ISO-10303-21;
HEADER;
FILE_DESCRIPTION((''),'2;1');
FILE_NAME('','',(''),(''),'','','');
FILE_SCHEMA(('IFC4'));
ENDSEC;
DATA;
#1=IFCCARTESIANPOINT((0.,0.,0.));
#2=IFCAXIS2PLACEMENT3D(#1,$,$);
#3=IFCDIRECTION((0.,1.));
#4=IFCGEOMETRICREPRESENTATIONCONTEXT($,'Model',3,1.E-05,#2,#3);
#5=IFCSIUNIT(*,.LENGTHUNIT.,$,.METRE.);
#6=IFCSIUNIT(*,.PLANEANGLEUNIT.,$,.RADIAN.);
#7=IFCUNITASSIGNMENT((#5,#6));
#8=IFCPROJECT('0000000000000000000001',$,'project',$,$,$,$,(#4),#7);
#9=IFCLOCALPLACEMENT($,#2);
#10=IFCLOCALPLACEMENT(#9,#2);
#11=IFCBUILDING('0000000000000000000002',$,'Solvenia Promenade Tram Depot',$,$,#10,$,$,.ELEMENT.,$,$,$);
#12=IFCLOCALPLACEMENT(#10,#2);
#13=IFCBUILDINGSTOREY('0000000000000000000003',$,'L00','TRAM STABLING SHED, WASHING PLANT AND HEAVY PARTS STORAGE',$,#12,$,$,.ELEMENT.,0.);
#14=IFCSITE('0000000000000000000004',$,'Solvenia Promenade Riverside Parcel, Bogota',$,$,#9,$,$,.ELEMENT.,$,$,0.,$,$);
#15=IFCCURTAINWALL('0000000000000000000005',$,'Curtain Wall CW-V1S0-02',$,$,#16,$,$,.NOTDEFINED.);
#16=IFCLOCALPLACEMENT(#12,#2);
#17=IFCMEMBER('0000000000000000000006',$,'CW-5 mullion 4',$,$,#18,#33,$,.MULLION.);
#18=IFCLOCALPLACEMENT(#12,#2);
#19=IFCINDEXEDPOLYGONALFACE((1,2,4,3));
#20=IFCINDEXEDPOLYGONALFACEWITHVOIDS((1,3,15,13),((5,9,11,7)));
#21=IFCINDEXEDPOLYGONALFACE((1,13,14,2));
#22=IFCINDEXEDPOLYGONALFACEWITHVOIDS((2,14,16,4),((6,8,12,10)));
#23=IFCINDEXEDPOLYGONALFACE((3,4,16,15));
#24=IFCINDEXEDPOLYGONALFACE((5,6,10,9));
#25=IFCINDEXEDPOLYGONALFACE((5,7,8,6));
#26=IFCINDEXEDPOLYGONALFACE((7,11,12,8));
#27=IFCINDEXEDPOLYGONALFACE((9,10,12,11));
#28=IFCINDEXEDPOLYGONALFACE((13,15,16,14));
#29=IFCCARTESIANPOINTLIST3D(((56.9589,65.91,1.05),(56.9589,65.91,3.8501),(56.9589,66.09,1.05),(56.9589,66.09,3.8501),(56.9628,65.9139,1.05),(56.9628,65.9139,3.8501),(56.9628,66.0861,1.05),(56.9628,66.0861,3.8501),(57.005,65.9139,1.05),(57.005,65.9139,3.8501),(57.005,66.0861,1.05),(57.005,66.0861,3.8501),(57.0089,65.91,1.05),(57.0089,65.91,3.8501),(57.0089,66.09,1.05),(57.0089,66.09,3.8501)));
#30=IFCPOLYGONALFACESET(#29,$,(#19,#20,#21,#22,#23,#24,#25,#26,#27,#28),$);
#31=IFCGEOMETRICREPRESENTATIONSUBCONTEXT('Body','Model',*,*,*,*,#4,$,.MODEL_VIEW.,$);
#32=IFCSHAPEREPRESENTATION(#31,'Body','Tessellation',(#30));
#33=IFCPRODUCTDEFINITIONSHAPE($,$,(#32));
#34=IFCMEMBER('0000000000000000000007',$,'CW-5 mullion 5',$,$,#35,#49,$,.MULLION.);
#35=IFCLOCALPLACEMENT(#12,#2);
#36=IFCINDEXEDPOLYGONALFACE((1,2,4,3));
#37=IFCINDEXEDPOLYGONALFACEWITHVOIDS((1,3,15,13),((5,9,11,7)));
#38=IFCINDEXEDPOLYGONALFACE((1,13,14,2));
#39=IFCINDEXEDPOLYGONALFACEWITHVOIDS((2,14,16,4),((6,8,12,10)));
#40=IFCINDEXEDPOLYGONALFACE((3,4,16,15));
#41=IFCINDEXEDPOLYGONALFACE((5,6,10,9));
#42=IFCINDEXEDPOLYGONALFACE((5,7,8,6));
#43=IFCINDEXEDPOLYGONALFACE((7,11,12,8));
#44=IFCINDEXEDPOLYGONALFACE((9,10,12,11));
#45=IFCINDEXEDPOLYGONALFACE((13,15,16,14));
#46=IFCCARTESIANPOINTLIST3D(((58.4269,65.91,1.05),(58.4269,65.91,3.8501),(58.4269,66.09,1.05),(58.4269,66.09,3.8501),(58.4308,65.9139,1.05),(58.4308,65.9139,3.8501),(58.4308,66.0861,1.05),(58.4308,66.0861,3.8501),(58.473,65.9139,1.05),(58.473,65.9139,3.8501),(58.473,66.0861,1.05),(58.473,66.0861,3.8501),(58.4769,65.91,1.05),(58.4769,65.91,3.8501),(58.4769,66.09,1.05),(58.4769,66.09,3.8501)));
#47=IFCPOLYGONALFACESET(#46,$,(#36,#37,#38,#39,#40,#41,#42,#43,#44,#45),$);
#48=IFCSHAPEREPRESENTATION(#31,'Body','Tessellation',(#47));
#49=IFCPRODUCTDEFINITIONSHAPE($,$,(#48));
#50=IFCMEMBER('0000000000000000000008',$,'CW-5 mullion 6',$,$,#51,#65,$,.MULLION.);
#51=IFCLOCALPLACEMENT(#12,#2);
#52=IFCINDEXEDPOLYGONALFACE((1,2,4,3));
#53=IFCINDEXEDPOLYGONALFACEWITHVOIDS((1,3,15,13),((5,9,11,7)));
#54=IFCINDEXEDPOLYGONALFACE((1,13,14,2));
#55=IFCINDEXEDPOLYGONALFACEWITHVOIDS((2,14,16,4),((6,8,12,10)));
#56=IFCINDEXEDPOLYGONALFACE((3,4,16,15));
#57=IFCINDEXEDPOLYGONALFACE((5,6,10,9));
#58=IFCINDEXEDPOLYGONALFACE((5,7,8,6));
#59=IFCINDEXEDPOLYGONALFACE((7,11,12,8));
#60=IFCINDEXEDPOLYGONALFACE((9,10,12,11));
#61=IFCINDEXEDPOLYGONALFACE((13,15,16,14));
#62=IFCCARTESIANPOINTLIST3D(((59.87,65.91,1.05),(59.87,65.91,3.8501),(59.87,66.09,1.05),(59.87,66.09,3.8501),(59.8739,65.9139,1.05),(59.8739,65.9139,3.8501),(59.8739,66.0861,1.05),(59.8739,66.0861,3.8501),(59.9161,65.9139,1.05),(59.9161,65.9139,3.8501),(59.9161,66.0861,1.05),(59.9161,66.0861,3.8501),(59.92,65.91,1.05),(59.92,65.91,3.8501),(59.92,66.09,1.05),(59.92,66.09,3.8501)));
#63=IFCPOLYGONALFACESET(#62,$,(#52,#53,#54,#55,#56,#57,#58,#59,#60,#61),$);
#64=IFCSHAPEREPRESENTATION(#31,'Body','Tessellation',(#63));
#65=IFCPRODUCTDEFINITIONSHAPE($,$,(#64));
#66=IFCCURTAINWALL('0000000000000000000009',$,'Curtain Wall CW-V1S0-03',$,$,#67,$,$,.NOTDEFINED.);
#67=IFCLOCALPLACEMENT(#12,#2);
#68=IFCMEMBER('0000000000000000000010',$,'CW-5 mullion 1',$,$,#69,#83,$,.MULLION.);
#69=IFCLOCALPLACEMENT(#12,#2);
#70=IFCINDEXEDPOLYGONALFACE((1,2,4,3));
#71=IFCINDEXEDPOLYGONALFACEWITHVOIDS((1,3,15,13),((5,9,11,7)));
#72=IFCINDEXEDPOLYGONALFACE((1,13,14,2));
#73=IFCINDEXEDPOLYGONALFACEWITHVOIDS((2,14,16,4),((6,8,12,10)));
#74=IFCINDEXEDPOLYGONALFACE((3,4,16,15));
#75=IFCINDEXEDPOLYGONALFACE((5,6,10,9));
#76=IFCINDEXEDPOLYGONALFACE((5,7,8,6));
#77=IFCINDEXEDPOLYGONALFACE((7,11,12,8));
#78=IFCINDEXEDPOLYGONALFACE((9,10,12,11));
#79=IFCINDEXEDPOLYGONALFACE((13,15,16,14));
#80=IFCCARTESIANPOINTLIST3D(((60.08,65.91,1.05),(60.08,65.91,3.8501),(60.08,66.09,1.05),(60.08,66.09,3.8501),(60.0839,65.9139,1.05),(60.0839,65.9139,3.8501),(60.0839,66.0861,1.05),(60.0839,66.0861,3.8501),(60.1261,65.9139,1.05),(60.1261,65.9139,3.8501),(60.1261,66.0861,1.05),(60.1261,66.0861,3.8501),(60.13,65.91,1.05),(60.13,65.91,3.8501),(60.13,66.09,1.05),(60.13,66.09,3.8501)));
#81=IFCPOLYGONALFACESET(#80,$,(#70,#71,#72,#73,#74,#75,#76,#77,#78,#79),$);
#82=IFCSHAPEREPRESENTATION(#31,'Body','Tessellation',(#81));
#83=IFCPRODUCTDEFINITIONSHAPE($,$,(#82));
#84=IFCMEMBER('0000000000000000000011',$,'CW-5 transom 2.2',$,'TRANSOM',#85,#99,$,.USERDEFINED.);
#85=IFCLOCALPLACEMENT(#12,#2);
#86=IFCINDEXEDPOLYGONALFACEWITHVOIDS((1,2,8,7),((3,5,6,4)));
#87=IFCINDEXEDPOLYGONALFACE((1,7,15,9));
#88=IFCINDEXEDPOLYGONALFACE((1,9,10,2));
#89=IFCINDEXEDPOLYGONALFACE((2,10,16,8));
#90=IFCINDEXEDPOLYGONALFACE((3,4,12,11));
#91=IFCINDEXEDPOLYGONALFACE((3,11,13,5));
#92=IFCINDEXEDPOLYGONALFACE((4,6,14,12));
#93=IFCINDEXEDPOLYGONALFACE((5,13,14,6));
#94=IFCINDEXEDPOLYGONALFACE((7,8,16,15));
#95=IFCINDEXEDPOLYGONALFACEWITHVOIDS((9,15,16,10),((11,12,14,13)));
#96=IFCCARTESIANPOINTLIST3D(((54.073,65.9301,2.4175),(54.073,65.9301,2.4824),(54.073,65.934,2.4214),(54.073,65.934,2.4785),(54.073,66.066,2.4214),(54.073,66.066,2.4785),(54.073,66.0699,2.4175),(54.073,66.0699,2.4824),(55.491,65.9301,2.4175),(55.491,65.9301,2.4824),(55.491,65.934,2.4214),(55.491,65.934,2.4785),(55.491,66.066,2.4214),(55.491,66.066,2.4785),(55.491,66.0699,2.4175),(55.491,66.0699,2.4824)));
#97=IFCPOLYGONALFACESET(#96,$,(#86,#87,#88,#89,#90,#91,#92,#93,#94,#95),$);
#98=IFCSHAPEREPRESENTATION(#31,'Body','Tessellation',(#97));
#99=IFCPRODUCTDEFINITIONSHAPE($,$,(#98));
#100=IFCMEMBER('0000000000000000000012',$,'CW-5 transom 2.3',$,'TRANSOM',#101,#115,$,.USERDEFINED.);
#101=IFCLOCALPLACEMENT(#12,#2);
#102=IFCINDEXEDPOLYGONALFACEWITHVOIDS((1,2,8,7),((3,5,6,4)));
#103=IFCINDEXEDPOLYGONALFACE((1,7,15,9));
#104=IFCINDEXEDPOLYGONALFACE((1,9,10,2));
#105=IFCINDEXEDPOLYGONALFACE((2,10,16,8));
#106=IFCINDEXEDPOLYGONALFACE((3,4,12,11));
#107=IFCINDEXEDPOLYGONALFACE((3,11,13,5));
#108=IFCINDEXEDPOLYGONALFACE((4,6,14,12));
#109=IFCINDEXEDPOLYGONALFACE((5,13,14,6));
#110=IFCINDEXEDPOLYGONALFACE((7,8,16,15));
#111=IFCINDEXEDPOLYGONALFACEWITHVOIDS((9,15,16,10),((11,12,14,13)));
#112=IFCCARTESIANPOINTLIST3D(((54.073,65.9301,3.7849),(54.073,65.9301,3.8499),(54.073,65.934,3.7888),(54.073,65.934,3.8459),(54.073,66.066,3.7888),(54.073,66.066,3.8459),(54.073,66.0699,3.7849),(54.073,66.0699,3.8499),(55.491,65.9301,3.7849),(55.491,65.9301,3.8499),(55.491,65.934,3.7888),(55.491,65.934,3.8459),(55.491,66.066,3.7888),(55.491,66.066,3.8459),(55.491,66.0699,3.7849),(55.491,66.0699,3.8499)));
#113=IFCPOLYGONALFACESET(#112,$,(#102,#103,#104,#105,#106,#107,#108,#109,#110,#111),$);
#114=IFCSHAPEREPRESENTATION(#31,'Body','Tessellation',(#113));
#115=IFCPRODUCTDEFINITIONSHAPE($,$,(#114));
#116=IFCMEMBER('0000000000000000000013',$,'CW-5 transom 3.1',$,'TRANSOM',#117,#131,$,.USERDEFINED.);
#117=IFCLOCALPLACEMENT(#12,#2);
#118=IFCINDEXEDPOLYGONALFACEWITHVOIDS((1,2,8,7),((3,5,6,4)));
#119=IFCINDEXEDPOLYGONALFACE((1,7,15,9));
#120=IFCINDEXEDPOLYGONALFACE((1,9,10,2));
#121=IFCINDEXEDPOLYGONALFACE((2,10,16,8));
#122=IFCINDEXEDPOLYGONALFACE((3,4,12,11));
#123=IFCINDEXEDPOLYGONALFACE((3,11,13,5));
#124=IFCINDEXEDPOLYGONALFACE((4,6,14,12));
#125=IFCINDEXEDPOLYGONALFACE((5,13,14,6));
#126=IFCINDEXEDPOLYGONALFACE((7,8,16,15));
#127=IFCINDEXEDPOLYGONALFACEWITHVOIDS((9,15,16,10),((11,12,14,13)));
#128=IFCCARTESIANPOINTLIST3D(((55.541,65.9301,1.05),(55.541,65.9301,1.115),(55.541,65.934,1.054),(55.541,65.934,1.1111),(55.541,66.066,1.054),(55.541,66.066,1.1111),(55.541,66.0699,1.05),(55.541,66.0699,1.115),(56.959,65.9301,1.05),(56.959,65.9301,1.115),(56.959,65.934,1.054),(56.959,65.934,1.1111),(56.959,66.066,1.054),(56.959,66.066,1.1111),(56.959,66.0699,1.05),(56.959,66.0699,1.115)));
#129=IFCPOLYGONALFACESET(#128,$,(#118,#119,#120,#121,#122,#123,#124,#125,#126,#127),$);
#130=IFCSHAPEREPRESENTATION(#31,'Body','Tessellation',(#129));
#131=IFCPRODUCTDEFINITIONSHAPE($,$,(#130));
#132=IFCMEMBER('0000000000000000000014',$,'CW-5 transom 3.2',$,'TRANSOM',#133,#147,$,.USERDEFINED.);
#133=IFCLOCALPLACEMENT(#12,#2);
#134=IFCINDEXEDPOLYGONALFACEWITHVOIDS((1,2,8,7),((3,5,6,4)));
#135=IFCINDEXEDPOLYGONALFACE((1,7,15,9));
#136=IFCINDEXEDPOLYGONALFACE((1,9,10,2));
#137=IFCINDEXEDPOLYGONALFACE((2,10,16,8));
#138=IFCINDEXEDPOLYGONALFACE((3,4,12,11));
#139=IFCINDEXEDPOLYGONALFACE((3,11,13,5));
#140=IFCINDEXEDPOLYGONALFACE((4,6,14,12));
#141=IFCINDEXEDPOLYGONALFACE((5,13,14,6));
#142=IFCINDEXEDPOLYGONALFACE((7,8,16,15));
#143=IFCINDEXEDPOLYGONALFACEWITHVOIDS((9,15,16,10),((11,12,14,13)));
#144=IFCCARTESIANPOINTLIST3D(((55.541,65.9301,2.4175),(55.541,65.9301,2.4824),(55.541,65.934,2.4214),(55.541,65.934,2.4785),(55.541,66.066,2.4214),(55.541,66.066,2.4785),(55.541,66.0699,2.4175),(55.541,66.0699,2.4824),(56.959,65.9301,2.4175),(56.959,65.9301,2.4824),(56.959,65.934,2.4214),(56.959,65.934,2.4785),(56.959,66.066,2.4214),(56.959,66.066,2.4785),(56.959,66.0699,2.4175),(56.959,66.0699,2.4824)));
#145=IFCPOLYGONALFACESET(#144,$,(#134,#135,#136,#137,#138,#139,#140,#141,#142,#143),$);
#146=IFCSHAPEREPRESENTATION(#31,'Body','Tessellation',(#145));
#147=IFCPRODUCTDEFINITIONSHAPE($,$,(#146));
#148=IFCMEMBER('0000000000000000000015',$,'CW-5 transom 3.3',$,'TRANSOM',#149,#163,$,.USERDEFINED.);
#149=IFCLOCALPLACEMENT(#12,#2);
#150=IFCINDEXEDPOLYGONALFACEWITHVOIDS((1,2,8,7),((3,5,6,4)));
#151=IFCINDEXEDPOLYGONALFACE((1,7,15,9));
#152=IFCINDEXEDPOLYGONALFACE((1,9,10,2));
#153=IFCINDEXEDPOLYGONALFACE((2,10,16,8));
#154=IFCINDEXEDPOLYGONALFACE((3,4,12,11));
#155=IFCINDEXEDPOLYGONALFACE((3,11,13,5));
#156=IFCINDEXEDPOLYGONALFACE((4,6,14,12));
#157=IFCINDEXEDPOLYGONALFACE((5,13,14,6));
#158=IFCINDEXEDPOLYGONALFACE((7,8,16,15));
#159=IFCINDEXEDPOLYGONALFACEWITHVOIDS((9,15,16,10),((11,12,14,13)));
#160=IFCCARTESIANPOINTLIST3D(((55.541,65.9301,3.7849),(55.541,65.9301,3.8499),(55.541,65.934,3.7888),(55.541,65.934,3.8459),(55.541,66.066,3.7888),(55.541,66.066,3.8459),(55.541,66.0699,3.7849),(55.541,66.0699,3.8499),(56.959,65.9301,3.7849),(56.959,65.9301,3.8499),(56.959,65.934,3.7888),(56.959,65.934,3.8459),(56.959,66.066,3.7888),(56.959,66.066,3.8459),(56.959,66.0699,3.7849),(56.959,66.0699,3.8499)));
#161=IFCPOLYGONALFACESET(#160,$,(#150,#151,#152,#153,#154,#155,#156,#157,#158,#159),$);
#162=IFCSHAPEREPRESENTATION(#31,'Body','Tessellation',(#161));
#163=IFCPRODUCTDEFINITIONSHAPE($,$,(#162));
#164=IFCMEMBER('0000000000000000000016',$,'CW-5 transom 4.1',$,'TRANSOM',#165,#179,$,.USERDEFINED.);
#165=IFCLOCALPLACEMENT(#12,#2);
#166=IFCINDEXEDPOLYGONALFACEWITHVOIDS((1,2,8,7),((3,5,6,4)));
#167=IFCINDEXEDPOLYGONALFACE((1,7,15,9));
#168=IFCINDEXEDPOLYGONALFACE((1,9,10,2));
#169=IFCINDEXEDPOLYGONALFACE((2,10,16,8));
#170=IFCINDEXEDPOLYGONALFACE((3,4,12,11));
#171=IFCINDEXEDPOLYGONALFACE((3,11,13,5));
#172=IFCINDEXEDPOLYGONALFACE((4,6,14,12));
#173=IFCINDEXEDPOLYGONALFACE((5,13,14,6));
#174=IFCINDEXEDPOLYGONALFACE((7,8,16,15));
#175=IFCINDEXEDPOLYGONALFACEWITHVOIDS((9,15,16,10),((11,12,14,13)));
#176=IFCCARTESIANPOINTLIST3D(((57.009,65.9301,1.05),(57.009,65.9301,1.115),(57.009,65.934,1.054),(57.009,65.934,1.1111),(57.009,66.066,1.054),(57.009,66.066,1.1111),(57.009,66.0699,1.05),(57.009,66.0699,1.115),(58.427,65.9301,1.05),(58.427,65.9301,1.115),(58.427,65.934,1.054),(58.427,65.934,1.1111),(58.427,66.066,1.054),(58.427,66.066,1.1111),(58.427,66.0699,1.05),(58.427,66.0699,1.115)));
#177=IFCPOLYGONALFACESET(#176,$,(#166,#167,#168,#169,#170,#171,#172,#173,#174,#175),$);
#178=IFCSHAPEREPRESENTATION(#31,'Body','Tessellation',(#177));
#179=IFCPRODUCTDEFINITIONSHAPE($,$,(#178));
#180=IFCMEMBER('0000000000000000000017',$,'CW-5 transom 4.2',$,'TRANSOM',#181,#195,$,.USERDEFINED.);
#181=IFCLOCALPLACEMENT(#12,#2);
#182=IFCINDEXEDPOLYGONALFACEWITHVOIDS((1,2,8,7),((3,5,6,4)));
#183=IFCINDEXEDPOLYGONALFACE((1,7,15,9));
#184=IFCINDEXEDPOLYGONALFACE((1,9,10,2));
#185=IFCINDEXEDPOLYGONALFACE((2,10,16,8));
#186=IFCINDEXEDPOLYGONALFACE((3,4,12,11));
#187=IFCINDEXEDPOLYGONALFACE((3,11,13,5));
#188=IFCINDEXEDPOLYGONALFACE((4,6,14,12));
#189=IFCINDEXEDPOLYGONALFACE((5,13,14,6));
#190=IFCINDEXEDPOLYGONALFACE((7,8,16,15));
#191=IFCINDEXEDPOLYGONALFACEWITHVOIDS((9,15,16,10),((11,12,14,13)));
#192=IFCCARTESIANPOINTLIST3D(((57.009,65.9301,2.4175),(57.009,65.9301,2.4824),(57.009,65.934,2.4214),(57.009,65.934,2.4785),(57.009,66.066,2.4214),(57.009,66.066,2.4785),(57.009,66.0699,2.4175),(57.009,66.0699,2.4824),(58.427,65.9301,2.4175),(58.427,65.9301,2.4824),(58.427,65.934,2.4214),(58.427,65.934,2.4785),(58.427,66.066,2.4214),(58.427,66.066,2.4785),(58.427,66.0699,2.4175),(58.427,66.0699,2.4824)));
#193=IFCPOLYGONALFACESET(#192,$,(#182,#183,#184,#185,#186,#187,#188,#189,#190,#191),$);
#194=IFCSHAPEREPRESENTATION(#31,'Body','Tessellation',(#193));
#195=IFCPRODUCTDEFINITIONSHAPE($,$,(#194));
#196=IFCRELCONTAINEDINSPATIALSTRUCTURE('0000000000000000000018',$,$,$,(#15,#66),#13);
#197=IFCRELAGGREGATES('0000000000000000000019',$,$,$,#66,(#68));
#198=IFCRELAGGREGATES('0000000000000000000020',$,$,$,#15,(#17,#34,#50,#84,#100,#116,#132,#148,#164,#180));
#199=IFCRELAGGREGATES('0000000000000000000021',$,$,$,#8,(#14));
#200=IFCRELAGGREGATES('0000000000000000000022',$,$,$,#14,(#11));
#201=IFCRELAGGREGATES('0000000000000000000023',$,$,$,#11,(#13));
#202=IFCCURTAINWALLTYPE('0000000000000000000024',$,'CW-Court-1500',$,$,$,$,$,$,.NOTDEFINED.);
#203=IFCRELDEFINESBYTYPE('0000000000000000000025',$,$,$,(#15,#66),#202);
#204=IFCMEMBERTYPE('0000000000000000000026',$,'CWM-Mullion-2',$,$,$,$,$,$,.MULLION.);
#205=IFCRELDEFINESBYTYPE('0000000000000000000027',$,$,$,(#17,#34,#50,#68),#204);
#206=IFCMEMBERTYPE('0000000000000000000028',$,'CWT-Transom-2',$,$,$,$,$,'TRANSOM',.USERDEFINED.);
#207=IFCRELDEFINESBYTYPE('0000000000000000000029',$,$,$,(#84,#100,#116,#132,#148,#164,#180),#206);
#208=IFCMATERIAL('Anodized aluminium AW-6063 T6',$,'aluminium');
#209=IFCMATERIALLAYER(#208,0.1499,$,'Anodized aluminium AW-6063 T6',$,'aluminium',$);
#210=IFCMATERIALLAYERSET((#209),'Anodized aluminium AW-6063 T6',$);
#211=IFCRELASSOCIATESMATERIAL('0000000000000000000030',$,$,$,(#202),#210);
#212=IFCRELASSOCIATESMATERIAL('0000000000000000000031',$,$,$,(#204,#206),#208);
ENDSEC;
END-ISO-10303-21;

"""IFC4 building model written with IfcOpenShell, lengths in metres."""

from ifc_helpers import new_model, si_unit, direction, frame, origin, origin_2d, place, context, subcontext, project, spatial, hollow_rectangle, extrude, material, layer, layer_set, material_profile, profile_set, type_object, element, aggregate, save


model = new_model("IFC4")

# Units and contexts
model_context = context("Model", 3, precision=1e-05, world=origin(), true_north=direction((0.0, 1.0)))
body_context = subcontext(model_context, "Body", "Model", "MODEL_VIEW")
ifc_project = project(units=[si_unit("LENGTHUNIT", "METRE"), si_unit("PLANEANGLEUNIT", "RADIAN")], contexts=[model_context])

# Site, building, storey
site_placement = place(None, origin())
site = spatial("IfcSite", under=ifc_project, at=site_placement, Name="Solvenia Promenade Riverside Parcel, Bogota", CompositionType="ELEMENT", RefElevation=0.0)
building_placement = place(site_placement, origin())
building = spatial("IfcBuilding", under=site, at=building_placement, Name="Solvenia Promenade Tram Depot", CompositionType="ELEMENT")
storey_placement = place(building_placement, origin())
storey = spatial("IfcBuildingStorey", under=building, at=storey_placement, Name="L00", Description="TRAM STABLING SHED, WASHING PLANT AND HEAVY PARTS STORAGE", CompositionType="ELEMENT", Elevation=0.0)

# Curtain wall, members
ifc_material_1 = material(Name="Anodized aluminium AW-6063 T6", Category="aluminium")
ifc_layer_1 = layer(ifc_material_1, 0.1499, Name="Anodized aluminium AW-6063 T6", Category="aluminium")
ifc_layer_set_1 = layer_set([ifc_layer_1], Name="Anodized aluminium AW-6063 T6")
curtain_wall_type = type_object("IfcCurtainWallType", Name="CW-Court-1500", PredefinedType="NOTDEFINED", material=ifc_layer_set_1)
curtain_wall_1_placement = place(storey_placement, origin())
curtain_wall_1 = element("IfcCurtainWall", 1, at=curtain_wall_1_placement, inside=storey, type_object=curtain_wall_type, Name="Curtain Wall CW-V1S0-02", PredefinedType="NOTDEFINED")
ifc_material_profile_1 = material_profile(ifc_material_1, hollow_rectangle(XDim=0.1799, YDim=0.05, WallThickness=0.0039, at=origin_2d()), Name="ALU-M2", Category="aluminium")
ifc_profile_set_1 = profile_set([ifc_material_profile_1], Name="Anodized aluminium AW-6063 T6")
member_type_1 = type_object("IfcMemberType", Name="CWM-Mullion-2", PredefinedType="MULLION", material=ifc_profile_set_1)
member_1_placement = place(storey_placement, frame((56.9839, 66.0, 1.05), z_axis=(0.0, 0.0, 1.0), x_axis=(0.0, 1.0, 0.0)))
member_1 = element("IfcMember", 2, at=member_1_placement, type_object=member_type_1, Name="CW-5 mullion 4", PredefinedType="MULLION", context=body_context, shape_type="SweptSolid", body=[
    extrude(hollow_rectangle(XDim=0.1799, YDim=0.05, WallThickness=0.0039, at=origin_2d()), origin(), (0.0, 0.0, 1.0), 2.8),
])
member_2_placement = place(storey_placement, frame((58.4519, 66.0, 1.05), z_axis=(0.0, 0.0, 1.0), x_axis=(0.0, 1.0, 0.0)))
member_2 = element("IfcMember", 3, at=member_2_placement, type_object=member_type_1, Name="CW-5 mullion 5", PredefinedType="MULLION", context=body_context, shape_type="SweptSolid", body=[
    extrude(hollow_rectangle(XDim=0.1799, YDim=0.05, WallThickness=0.0039, at=origin_2d()), origin(), (0.0, 0.0, 1.0), 2.8),
])
member_3_placement = place(storey_placement, frame((59.895, 66.0, 1.05), z_axis=(0.0, 0.0, 1.0), x_axis=(0.0, 1.0, 0.0)))
member_3 = element("IfcMember", 4, at=member_3_placement, type_object=member_type_1, Name="CW-5 mullion 6", PredefinedType="MULLION", context=body_context, shape_type="SweptSolid", body=[
    extrude(hollow_rectangle(XDim=0.1799, YDim=0.05, WallThickness=0.0039, at=origin_2d()), origin(), (0.0, 0.0, 1.0), 2.8),
])

# Curtain wall, member
curtain_wall_2_placement = place(storey_placement, origin())
curtain_wall_2 = element("IfcCurtainWall", 5, at=curtain_wall_2_placement, inside=storey, type_object=curtain_wall_type, Name="Curtain Wall CW-V1S0-03", PredefinedType="NOTDEFINED")
member_4_placement = place(storey_placement, frame((60.105, 66.0, 1.05), z_axis=(0.0, 0.0, 1.0), x_axis=(0.0, 1.0, 0.0)))
member_4 = element("IfcMember", 6, at=member_4_placement, type_object=member_type_1, Name="CW-5 mullion 1", PredefinedType="MULLION", context=body_context, shape_type="SweptSolid", body=[
    extrude(hollow_rectangle(XDim=0.1799, YDim=0.05, WallThickness=0.0039, at=origin_2d()), origin(), (0.0, 0.0, 1.0), 2.8),
])

# Members
ifc_material_profile_2 = material_profile(ifc_material_1, hollow_rectangle(XDim=0.1399, YDim=0.0649, WallThickness=0.0039, at=origin_2d()), Name="ALU-T2", Category="aluminium")
ifc_profile_set_2 = profile_set([ifc_material_profile_2], Name="Anodized aluminium AW-6063 T6")
member_type_2 = type_object("IfcMemberType", Name="CWT-Transom-2", ElementType="TRANSOM", PredefinedType="USERDEFINED", material=ifc_profile_set_2)
member_5_placement = place(storey_placement, frame((54.073, 66.0, 2.45), z_axis=(1.0, 0.0, 0.0), x_axis=(0.0, 1.0, 0.0)))
member_5 = element("IfcMember", 7, at=member_5_placement, type_object=member_type_2, Name="CW-5 transom 2.2", ObjectType="TRANSOM", PredefinedType="USERDEFINED", context=body_context, shape_type="SweptSolid", body=[
    extrude(hollow_rectangle(XDim=0.1399, YDim=0.0649, WallThickness=0.0039, at=origin_2d()), origin(), (0.0, 0.0, 1.0), 1.418),
])
member_6_placement = place(storey_placement, frame((54.073, 66.0, 3.8174), z_axis=(1.0, 0.0, 0.0), x_axis=(0.0, 1.0, 0.0)))
member_6 = element("IfcMember", 8, at=member_6_placement, type_object=member_type_2, Name="CW-5 transom 2.3", ObjectType="TRANSOM", PredefinedType="USERDEFINED", context=body_context, shape_type="SweptSolid", body=[
    extrude(hollow_rectangle(XDim=0.1399, YDim=0.0649, WallThickness=0.0039, at=origin_2d()), origin(), (0.0, 0.0, 1.0), 1.418),
])
member_7_placement = place(storey_placement, frame((55.541, 66.0, 1.0825), z_axis=(1.0, 0.0, 0.0), x_axis=(0.0, 1.0, 0.0)))
member_7 = element("IfcMember", 9, at=member_7_placement, type_object=member_type_2, Name="CW-5 transom 3.1", ObjectType="TRANSOM", PredefinedType="USERDEFINED", context=body_context, shape_type="SweptSolid", body=[
    extrude(hollow_rectangle(XDim=0.1399, YDim=0.0649, WallThickness=0.0039, at=origin_2d()), origin(), (0.0, 0.0, 1.0), 1.418),
])
member_8_placement = place(storey_placement, frame((55.541, 66.0, 2.45), z_axis=(1.0, 0.0, 0.0), x_axis=(0.0, 1.0, 0.0)))
member_8 = element("IfcMember", 10, at=member_8_placement, type_object=member_type_2, Name="CW-5 transom 3.2", ObjectType="TRANSOM", PredefinedType="USERDEFINED", context=body_context, shape_type="SweptSolid", body=[
    extrude(hollow_rectangle(XDim=0.1399, YDim=0.0649, WallThickness=0.0039, at=origin_2d()), origin(), (0.0, 0.0, 1.0), 1.418),
])
member_9_placement = place(storey_placement, frame((55.541, 66.0, 3.8174), z_axis=(1.0, 0.0, 0.0), x_axis=(0.0, 1.0, 0.0)))
member_9 = element("IfcMember", 11, at=member_9_placement, type_object=member_type_2, Name="CW-5 transom 3.3", ObjectType="TRANSOM", PredefinedType="USERDEFINED", context=body_context, shape_type="SweptSolid", body=[
    extrude(hollow_rectangle(XDim=0.1399, YDim=0.0649, WallThickness=0.0039, at=origin_2d()), origin(), (0.0, 0.0, 1.0), 1.418),
])
member_10_placement = place(storey_placement, frame((57.009, 66.0, 1.0825), z_axis=(1.0, 0.0, 0.0), x_axis=(0.0, 1.0, 0.0)))
member_10 = element("IfcMember", 12, at=member_10_placement, type_object=member_type_2, Name="CW-5 transom 4.1", ObjectType="TRANSOM", PredefinedType="USERDEFINED", context=body_context, shape_type="SweptSolid", body=[
    extrude(hollow_rectangle(XDim=0.1399, YDim=0.0649, WallThickness=0.0039, at=origin_2d()), origin(), (0.0, 0.0, 1.0), 1.418),
])
member_11_placement = place(storey_placement, frame((57.009, 66.0, 2.45), z_axis=(1.0, 0.0, 0.0), x_axis=(0.0, 1.0, 0.0)))
member_11 = element("IfcMember", 13, at=member_11_placement, type_object=member_type_2, Name="CW-5 transom 4.2", ObjectType="TRANSOM", PredefinedType="USERDEFINED", context=body_context, shape_type="SweptSolid", body=[
    extrude(hollow_rectangle(XDim=0.1399, YDim=0.0649, WallThickness=0.0039, at=origin_2d()), origin(), (0.0, 0.0, 1.0), 1.418),
])
aggregate(curtain_wall_2, [member_4])

aggregate(curtain_wall_1, [member_1, member_2, member_3, member_5, member_6, member_7, member_8, member_9, member_10, member_11])

save(model, "model.ifc")
